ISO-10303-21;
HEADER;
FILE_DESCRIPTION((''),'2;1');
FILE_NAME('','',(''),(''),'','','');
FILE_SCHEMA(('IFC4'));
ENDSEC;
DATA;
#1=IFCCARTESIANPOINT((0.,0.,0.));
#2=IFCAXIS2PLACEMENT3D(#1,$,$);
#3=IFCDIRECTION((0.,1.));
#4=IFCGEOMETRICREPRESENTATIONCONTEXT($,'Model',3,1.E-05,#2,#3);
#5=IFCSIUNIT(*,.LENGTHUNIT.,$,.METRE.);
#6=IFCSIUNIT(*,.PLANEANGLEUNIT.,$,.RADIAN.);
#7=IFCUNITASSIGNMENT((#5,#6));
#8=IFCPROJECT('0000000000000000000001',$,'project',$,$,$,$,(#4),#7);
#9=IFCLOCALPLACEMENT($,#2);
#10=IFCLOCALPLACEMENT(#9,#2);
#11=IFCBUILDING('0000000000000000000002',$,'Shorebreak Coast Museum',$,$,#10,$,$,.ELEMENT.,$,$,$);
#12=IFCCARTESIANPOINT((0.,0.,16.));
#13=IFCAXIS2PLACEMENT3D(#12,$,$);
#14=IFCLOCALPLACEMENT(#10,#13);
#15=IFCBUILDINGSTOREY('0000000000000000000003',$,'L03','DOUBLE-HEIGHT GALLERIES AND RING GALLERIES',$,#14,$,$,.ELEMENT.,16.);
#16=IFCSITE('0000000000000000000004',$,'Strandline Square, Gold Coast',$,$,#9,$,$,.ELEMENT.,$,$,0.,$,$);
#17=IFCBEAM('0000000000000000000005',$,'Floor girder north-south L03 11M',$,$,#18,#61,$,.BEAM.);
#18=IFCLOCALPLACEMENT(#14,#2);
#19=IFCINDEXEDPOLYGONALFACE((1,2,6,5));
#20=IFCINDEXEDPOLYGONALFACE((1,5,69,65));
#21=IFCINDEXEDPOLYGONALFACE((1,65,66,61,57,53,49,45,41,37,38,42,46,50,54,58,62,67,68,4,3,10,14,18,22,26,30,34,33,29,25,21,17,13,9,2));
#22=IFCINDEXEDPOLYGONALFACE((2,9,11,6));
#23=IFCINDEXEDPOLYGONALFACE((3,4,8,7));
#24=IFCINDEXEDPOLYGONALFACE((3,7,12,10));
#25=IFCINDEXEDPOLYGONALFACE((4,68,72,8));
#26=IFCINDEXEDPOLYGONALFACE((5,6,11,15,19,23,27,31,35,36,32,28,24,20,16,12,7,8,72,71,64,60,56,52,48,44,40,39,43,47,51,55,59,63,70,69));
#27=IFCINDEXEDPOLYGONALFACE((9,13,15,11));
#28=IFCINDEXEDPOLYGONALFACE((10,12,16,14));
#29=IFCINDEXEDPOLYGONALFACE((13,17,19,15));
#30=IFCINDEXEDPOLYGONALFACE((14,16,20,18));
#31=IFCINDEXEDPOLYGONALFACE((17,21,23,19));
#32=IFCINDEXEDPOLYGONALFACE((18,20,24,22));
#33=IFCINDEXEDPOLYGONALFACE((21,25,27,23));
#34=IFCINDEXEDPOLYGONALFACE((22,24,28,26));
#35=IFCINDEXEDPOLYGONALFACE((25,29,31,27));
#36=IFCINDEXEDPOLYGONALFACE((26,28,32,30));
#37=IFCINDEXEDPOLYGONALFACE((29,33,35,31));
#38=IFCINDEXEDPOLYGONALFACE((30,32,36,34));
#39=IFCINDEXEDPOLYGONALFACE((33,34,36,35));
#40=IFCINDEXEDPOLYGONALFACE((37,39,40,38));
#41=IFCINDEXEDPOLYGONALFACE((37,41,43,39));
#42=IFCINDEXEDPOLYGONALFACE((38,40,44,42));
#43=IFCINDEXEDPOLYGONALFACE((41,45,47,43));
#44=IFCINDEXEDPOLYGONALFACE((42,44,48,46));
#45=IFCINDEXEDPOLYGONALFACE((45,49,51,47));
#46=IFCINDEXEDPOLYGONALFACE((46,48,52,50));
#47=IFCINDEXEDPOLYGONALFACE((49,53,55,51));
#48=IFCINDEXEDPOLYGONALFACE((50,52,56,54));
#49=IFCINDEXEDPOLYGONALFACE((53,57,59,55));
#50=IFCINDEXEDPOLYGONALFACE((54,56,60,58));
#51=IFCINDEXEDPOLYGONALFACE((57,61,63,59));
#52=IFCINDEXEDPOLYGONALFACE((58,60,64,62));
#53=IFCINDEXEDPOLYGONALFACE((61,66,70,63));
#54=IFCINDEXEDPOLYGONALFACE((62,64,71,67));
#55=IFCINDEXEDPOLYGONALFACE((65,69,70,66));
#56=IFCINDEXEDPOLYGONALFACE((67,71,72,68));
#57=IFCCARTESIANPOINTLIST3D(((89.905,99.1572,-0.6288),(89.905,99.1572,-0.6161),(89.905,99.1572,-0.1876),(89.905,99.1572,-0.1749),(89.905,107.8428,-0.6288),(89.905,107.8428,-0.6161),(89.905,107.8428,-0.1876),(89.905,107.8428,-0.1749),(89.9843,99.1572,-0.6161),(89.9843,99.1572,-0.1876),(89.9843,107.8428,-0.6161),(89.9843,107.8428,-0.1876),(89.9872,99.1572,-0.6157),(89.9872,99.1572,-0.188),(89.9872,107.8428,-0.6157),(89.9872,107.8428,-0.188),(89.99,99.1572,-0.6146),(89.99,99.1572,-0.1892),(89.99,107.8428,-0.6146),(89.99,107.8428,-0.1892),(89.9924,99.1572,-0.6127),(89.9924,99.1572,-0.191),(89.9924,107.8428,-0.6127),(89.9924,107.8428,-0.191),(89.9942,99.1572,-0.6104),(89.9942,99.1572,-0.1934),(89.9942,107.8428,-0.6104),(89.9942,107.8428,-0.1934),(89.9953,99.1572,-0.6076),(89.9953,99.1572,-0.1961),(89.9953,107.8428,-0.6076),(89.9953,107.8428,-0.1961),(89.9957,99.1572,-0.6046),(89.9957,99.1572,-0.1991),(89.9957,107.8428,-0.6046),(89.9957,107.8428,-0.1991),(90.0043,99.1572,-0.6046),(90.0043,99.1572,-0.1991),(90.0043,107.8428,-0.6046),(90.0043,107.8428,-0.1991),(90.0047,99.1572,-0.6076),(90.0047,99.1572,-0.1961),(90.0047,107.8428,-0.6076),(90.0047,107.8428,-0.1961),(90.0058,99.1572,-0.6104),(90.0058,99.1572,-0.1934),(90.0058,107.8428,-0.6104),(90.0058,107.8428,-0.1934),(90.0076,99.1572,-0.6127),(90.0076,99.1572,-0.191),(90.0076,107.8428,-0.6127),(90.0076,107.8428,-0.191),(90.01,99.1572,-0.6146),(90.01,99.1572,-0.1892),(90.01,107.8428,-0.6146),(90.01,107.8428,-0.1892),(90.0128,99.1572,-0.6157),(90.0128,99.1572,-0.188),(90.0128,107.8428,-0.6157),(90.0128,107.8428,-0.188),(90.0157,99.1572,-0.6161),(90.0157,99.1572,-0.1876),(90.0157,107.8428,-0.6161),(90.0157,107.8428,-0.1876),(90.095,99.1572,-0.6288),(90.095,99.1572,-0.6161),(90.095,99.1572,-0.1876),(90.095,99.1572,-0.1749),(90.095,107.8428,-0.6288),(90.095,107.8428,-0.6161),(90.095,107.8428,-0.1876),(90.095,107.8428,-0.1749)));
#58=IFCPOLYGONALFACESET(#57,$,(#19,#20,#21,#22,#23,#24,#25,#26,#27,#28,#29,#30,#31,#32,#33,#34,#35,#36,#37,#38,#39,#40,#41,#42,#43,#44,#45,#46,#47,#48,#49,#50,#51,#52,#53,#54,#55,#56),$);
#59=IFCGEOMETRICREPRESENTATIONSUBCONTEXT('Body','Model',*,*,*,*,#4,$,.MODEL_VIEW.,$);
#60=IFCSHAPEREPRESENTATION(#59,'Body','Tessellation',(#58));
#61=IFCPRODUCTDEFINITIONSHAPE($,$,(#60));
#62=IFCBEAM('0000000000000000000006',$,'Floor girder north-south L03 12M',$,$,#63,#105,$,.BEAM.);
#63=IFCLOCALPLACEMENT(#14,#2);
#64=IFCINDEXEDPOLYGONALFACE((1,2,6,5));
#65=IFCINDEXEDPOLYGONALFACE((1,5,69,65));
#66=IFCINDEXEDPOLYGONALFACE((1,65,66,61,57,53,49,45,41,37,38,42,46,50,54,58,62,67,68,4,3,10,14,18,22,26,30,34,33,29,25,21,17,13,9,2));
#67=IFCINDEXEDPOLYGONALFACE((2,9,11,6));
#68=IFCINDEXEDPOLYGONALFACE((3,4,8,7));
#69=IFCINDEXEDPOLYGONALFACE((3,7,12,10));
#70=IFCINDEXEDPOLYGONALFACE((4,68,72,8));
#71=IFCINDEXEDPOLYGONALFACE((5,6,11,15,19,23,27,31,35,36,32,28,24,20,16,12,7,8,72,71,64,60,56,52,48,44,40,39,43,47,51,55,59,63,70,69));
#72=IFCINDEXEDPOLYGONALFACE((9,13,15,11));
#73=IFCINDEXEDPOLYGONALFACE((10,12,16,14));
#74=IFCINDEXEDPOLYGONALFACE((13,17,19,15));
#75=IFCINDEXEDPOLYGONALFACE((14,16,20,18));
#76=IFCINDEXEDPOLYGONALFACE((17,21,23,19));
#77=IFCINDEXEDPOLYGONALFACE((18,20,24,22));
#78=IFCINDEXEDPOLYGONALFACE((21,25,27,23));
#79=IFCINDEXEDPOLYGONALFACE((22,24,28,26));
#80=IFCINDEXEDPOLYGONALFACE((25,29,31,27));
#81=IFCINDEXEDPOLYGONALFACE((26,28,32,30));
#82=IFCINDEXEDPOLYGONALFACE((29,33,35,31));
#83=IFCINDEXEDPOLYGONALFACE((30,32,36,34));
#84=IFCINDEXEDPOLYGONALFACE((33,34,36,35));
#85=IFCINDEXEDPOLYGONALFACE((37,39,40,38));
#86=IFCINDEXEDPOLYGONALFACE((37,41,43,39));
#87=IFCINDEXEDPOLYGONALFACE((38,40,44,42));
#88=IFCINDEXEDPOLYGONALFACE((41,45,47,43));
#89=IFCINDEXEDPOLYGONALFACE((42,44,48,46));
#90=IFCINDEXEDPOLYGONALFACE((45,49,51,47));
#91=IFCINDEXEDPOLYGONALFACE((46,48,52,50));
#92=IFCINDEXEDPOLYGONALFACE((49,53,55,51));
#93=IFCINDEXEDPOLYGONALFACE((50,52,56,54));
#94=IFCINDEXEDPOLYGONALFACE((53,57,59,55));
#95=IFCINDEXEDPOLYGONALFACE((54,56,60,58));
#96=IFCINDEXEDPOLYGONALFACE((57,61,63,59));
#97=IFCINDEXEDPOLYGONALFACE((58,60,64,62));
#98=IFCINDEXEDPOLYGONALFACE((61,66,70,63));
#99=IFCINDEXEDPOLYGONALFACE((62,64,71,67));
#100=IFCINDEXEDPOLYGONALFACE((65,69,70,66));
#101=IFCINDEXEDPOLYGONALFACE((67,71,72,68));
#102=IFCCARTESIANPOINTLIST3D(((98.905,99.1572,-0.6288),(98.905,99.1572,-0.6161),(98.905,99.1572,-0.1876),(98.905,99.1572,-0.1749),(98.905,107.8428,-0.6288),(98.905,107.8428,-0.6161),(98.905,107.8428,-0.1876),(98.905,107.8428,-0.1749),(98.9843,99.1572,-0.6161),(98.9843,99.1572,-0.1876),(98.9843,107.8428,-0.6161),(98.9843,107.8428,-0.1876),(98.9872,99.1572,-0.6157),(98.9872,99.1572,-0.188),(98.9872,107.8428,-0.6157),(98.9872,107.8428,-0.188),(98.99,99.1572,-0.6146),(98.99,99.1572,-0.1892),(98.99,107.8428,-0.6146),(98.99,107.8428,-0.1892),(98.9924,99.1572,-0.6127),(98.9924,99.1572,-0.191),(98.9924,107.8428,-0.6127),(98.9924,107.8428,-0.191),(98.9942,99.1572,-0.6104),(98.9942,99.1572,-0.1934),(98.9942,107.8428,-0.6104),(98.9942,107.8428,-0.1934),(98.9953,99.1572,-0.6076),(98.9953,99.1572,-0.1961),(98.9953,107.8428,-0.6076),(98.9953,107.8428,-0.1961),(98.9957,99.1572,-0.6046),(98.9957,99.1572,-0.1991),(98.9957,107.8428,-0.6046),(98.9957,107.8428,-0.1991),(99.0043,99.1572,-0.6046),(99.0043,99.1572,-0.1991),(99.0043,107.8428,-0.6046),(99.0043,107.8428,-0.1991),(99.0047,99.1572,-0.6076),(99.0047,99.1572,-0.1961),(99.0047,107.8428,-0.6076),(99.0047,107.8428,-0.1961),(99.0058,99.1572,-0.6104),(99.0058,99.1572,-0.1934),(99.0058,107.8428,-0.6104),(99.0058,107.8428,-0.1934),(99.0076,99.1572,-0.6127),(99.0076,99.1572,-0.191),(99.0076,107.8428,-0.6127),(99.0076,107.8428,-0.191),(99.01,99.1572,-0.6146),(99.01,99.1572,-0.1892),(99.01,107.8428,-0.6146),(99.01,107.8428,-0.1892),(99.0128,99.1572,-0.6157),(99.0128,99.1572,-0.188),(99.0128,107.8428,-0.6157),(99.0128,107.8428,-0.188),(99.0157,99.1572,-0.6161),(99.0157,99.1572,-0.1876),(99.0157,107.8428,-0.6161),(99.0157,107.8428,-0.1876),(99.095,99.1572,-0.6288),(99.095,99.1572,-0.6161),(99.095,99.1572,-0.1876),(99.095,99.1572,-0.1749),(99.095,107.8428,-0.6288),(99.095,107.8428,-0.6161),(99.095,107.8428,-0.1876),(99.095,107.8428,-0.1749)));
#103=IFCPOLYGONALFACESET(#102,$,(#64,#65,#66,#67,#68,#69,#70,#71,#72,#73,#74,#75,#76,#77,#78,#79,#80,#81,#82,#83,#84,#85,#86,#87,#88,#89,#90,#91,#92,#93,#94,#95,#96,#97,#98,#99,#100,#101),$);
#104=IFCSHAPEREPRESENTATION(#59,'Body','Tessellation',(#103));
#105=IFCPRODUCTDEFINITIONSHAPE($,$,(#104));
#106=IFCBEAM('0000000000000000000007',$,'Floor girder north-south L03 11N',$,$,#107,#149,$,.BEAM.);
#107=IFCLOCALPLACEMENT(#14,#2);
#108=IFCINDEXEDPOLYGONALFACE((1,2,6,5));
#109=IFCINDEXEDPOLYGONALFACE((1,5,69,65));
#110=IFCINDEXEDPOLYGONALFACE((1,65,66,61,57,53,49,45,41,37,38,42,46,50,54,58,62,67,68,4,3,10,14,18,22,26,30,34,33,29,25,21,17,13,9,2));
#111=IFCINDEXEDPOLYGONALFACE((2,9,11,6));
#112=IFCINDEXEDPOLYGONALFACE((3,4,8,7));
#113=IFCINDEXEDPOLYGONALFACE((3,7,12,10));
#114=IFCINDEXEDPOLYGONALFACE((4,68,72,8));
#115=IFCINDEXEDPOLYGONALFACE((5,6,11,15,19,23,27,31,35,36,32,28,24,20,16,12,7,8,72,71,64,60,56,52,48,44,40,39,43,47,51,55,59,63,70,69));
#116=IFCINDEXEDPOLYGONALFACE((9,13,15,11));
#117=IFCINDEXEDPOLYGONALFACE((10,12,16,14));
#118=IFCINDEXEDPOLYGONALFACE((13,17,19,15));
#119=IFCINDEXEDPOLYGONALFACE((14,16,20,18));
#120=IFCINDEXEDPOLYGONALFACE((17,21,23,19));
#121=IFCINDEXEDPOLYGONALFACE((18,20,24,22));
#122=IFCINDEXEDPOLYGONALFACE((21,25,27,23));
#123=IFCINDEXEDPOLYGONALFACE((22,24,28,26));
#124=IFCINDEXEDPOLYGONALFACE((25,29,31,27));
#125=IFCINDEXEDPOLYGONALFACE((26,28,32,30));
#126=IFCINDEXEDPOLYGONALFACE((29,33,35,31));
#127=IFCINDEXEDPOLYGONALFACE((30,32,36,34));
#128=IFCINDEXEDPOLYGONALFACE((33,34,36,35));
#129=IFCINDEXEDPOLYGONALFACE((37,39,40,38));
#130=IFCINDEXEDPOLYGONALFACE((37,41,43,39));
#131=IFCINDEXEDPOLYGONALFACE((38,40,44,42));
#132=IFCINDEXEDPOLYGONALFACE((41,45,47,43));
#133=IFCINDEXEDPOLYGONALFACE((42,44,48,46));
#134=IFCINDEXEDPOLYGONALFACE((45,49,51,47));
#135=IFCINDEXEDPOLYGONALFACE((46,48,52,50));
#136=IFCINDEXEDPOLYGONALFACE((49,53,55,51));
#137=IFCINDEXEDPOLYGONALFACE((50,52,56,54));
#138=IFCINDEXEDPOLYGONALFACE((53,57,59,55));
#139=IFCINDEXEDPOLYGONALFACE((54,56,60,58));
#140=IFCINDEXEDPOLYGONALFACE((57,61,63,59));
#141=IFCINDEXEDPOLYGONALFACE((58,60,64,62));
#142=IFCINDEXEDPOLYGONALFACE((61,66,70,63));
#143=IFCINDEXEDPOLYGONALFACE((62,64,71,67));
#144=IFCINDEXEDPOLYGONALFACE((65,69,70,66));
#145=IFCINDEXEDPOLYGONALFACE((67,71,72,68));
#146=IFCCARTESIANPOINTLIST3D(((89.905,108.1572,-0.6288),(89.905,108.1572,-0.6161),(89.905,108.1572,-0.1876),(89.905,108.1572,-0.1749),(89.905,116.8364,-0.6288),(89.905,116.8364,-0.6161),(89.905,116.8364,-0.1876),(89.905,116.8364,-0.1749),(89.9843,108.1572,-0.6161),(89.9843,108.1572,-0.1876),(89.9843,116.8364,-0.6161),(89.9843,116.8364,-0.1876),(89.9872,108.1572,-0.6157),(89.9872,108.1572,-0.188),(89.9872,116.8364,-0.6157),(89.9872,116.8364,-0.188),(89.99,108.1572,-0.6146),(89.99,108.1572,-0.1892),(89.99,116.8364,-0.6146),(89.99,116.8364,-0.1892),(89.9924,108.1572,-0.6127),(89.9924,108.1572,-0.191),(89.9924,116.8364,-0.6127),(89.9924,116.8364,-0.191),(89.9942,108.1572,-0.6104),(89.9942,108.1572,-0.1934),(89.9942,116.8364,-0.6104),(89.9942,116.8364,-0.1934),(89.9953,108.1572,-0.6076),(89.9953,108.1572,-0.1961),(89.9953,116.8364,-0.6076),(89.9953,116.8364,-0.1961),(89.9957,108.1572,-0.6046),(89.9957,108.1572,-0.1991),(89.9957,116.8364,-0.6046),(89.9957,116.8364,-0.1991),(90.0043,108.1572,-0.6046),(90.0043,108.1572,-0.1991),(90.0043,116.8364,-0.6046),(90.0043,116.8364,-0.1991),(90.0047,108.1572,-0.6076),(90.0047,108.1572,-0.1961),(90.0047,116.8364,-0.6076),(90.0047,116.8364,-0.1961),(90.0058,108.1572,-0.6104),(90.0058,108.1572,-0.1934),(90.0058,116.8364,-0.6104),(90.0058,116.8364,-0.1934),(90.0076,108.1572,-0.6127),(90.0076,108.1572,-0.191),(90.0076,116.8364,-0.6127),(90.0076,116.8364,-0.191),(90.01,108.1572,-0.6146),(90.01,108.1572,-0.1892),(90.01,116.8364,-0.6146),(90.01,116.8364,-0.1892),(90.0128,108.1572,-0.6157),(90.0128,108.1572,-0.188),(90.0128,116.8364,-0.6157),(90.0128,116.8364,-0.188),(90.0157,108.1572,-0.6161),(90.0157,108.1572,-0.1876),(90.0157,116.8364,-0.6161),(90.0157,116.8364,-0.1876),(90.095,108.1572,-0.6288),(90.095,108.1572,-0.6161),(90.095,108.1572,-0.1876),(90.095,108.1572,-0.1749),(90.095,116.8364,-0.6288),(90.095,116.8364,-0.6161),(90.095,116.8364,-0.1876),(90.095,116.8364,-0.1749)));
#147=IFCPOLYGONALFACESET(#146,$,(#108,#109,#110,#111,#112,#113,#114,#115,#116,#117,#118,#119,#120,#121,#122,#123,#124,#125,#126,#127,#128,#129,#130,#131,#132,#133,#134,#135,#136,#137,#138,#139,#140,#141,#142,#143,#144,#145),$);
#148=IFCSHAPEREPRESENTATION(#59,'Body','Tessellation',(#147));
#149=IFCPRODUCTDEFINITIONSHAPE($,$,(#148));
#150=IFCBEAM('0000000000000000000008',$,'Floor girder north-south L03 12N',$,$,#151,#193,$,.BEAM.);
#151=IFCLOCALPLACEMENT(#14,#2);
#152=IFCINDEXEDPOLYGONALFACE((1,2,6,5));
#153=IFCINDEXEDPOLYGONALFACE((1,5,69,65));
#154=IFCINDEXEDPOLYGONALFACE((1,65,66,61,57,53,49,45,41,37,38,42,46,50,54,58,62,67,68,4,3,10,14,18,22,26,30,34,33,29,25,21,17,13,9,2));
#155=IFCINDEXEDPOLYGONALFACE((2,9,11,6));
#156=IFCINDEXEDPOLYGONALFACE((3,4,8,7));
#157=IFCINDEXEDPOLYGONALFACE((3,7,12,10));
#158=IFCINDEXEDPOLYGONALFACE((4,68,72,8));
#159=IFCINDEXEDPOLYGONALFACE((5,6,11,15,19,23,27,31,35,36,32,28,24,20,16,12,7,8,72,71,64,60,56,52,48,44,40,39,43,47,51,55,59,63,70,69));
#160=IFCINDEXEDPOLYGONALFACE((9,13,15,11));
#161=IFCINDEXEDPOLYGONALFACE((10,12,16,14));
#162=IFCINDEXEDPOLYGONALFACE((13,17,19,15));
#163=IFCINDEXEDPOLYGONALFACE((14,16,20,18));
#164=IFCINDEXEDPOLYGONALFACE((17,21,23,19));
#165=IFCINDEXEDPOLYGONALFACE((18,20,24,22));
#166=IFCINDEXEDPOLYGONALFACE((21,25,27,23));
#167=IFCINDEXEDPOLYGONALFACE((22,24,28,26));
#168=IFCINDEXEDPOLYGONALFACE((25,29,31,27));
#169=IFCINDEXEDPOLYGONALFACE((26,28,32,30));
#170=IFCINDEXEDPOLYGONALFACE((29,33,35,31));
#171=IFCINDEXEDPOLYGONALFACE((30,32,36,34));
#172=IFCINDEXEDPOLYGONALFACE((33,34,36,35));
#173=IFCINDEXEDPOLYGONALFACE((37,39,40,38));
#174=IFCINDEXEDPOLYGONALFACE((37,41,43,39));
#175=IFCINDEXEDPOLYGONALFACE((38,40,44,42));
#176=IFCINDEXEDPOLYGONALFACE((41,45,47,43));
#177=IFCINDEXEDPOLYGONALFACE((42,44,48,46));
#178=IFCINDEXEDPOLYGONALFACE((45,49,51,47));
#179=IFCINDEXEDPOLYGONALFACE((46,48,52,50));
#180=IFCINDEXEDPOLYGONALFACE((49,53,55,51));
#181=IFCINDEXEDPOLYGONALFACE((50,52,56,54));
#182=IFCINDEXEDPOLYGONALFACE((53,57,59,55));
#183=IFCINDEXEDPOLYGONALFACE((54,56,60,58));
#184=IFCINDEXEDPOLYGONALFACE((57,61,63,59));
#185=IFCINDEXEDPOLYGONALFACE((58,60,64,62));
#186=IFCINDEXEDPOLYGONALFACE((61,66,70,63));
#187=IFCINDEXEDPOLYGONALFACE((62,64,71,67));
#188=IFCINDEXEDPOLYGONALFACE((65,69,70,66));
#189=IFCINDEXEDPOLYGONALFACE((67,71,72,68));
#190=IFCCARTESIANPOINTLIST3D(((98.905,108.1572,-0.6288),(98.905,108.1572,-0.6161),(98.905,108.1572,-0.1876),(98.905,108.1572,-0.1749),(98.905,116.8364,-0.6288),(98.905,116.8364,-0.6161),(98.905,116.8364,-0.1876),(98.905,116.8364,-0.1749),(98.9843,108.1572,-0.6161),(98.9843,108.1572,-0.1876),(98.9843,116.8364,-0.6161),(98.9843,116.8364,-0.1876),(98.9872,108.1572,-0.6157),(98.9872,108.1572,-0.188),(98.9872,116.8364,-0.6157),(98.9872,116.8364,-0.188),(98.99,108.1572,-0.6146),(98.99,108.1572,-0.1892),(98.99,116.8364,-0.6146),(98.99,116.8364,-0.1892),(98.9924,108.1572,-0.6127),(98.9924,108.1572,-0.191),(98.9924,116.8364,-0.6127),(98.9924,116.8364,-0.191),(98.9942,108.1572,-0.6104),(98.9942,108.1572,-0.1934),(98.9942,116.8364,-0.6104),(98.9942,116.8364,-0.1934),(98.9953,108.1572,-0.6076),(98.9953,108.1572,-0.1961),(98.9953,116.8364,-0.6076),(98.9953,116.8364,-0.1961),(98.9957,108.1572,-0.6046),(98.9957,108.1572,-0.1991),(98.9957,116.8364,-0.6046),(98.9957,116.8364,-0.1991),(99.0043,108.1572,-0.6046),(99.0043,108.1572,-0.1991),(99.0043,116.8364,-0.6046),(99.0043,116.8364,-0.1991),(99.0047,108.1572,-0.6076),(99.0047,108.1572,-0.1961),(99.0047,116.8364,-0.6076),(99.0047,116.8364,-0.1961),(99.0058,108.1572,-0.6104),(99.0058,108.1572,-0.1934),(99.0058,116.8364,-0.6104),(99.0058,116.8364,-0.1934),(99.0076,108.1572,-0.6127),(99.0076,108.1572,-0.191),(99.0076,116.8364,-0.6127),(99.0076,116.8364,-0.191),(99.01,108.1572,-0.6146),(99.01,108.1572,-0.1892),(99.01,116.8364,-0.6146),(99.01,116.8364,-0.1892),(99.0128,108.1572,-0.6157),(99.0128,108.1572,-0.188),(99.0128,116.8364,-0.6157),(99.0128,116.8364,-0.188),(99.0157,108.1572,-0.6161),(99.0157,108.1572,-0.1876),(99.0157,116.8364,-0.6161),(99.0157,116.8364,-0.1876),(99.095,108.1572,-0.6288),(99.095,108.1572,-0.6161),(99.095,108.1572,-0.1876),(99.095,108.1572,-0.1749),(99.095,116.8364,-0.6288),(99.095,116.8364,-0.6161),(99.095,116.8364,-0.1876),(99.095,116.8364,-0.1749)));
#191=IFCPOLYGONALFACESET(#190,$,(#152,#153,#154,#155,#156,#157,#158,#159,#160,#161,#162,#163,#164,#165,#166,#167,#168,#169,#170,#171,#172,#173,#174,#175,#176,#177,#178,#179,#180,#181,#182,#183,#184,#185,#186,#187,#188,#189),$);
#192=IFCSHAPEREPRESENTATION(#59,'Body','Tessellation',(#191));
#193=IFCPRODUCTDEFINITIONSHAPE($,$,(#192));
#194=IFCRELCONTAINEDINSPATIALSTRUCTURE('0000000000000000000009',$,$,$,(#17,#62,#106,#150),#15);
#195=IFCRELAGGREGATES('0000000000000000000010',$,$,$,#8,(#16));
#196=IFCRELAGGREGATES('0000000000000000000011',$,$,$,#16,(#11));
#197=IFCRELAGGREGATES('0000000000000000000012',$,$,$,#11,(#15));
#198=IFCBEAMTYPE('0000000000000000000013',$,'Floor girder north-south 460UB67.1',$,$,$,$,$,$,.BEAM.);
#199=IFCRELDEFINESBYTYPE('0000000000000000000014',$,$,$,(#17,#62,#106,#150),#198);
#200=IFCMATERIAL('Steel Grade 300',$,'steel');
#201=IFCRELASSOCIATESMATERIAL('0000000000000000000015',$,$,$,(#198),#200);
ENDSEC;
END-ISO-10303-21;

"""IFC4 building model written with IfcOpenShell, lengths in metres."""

from ifc_helpers import new_model, si_unit, direction, frame, origin, origin_2d, place, context, subcontext, project, spatial, i_section, extrude, material, material_profile, profile_set, type_object, element, save


model = new_model("IFC4")

# Units and contexts
model_context = context("Model", 3, precision=1e-05, world=origin(), true_north=direction((0.0, 1.0)))
body_context = subcontext(model_context, "Body", "Model", "MODEL_VIEW")
ifc_project = project(units=[si_unit("LENGTHUNIT", "METRE"), si_unit("PLANEANGLEUNIT", "RADIAN")], contexts=[model_context])

# Site, building, storey
site_placement = place(None, origin())
site = spatial("IfcSite", under=ifc_project, at=site_placement, Name="Strandline Square, Gold Coast", CompositionType="ELEMENT", RefElevation=0.0)
building_placement = place(site_placement, origin())
building = spatial("IfcBuilding", under=site, at=building_placement, Name="Shorebreak Coast Museum", CompositionType="ELEMENT")
storey_placement = place(building_placement, frame((0.0, 0.0, 16.0)))
storey = spatial("IfcBuildingStorey", under=building, at=storey_placement, Name="L03", Description="DOUBLE-HEIGHT GALLERIES AND RING GALLERIES", CompositionType="ELEMENT", Elevation=16.0)

# Beams
ifc_material_1 = material(Name="Steel Grade 300", Category="steel")
ifc_material_profile_1 = material_profile(ifc_material_1, i_section(OverallWidth=0.1899, OverallDepth=0.4539, WebThickness=0.0085, FlangeThickness=0.0127, FilletRadius=0.0115, at=origin_2d()), Name="460UB67.1")
ifc_profile_set_1 = profile_set([ifc_material_profile_1], Name="Steel Grade 300")
beam_type_1 = type_object("IfcBeamType", Name="Floor girder north-south 460UB67.1", PredefinedType="BEAM", material=ifc_profile_set_1)
for number, where, z_axis, x_axis, name in (
    (1, (90.0, 99.1572, -0.4019), (0.0, 1.0, 0.0), (-1.0, 0.0, 0.0), "Floor girder north-south L03 11M"),
    (2, (99.0, 99.1572, -0.4019), (0.0, 1.0, 0.0), (-1.0, 0.0, 0.0), "Floor girder north-south L03 12M"),
):
    element("IfcBeam", number, at=place(storey_placement, frame(where, z_axis=z_axis, x_axis=x_axis)), inside=storey, type_object=beam_type_1, Name=name, PredefinedType="BEAM", context=body_context, shape_type="SweptSolid", body=[
        extrude(i_section(OverallWidth=0.1899, OverallDepth=0.4539, WebThickness=0.0085, FlangeThickness=0.0127, FilletRadius=0.0115, at=origin_2d()), origin(), (0.0, 0.0, 1.0), 8.6855),
    ])
for number, where, z_axis, x_axis, name in (
    (3, (90.0, 108.1572, -0.4019), (0.0, 1.0, 0.0), (-1.0, 0.0, 0.0), "Floor girder north-south L03 11N"),
    (4, (99.0, 108.1572, -0.4019), (0.0, 1.0, 0.0), (-1.0, 0.0, 0.0), "Floor girder north-south L03 12N"),
):
    element("IfcBeam", number, at=place(storey_placement, frame(where, z_axis=z_axis, x_axis=x_axis)), inside=storey, type_object=beam_type_1, Name=name, PredefinedType="BEAM", context=body_context, shape_type="SweptSolid", body=[
        extrude(i_section(OverallWidth=0.1899, OverallDepth=0.4539, WebThickness=0.0085, FlangeThickness=0.0127, FilletRadius=0.0115, at=origin_2d()), origin(), (0.0, 0.0, 1.0), 8.6792),
    ])

save(model, "model.ifc")
